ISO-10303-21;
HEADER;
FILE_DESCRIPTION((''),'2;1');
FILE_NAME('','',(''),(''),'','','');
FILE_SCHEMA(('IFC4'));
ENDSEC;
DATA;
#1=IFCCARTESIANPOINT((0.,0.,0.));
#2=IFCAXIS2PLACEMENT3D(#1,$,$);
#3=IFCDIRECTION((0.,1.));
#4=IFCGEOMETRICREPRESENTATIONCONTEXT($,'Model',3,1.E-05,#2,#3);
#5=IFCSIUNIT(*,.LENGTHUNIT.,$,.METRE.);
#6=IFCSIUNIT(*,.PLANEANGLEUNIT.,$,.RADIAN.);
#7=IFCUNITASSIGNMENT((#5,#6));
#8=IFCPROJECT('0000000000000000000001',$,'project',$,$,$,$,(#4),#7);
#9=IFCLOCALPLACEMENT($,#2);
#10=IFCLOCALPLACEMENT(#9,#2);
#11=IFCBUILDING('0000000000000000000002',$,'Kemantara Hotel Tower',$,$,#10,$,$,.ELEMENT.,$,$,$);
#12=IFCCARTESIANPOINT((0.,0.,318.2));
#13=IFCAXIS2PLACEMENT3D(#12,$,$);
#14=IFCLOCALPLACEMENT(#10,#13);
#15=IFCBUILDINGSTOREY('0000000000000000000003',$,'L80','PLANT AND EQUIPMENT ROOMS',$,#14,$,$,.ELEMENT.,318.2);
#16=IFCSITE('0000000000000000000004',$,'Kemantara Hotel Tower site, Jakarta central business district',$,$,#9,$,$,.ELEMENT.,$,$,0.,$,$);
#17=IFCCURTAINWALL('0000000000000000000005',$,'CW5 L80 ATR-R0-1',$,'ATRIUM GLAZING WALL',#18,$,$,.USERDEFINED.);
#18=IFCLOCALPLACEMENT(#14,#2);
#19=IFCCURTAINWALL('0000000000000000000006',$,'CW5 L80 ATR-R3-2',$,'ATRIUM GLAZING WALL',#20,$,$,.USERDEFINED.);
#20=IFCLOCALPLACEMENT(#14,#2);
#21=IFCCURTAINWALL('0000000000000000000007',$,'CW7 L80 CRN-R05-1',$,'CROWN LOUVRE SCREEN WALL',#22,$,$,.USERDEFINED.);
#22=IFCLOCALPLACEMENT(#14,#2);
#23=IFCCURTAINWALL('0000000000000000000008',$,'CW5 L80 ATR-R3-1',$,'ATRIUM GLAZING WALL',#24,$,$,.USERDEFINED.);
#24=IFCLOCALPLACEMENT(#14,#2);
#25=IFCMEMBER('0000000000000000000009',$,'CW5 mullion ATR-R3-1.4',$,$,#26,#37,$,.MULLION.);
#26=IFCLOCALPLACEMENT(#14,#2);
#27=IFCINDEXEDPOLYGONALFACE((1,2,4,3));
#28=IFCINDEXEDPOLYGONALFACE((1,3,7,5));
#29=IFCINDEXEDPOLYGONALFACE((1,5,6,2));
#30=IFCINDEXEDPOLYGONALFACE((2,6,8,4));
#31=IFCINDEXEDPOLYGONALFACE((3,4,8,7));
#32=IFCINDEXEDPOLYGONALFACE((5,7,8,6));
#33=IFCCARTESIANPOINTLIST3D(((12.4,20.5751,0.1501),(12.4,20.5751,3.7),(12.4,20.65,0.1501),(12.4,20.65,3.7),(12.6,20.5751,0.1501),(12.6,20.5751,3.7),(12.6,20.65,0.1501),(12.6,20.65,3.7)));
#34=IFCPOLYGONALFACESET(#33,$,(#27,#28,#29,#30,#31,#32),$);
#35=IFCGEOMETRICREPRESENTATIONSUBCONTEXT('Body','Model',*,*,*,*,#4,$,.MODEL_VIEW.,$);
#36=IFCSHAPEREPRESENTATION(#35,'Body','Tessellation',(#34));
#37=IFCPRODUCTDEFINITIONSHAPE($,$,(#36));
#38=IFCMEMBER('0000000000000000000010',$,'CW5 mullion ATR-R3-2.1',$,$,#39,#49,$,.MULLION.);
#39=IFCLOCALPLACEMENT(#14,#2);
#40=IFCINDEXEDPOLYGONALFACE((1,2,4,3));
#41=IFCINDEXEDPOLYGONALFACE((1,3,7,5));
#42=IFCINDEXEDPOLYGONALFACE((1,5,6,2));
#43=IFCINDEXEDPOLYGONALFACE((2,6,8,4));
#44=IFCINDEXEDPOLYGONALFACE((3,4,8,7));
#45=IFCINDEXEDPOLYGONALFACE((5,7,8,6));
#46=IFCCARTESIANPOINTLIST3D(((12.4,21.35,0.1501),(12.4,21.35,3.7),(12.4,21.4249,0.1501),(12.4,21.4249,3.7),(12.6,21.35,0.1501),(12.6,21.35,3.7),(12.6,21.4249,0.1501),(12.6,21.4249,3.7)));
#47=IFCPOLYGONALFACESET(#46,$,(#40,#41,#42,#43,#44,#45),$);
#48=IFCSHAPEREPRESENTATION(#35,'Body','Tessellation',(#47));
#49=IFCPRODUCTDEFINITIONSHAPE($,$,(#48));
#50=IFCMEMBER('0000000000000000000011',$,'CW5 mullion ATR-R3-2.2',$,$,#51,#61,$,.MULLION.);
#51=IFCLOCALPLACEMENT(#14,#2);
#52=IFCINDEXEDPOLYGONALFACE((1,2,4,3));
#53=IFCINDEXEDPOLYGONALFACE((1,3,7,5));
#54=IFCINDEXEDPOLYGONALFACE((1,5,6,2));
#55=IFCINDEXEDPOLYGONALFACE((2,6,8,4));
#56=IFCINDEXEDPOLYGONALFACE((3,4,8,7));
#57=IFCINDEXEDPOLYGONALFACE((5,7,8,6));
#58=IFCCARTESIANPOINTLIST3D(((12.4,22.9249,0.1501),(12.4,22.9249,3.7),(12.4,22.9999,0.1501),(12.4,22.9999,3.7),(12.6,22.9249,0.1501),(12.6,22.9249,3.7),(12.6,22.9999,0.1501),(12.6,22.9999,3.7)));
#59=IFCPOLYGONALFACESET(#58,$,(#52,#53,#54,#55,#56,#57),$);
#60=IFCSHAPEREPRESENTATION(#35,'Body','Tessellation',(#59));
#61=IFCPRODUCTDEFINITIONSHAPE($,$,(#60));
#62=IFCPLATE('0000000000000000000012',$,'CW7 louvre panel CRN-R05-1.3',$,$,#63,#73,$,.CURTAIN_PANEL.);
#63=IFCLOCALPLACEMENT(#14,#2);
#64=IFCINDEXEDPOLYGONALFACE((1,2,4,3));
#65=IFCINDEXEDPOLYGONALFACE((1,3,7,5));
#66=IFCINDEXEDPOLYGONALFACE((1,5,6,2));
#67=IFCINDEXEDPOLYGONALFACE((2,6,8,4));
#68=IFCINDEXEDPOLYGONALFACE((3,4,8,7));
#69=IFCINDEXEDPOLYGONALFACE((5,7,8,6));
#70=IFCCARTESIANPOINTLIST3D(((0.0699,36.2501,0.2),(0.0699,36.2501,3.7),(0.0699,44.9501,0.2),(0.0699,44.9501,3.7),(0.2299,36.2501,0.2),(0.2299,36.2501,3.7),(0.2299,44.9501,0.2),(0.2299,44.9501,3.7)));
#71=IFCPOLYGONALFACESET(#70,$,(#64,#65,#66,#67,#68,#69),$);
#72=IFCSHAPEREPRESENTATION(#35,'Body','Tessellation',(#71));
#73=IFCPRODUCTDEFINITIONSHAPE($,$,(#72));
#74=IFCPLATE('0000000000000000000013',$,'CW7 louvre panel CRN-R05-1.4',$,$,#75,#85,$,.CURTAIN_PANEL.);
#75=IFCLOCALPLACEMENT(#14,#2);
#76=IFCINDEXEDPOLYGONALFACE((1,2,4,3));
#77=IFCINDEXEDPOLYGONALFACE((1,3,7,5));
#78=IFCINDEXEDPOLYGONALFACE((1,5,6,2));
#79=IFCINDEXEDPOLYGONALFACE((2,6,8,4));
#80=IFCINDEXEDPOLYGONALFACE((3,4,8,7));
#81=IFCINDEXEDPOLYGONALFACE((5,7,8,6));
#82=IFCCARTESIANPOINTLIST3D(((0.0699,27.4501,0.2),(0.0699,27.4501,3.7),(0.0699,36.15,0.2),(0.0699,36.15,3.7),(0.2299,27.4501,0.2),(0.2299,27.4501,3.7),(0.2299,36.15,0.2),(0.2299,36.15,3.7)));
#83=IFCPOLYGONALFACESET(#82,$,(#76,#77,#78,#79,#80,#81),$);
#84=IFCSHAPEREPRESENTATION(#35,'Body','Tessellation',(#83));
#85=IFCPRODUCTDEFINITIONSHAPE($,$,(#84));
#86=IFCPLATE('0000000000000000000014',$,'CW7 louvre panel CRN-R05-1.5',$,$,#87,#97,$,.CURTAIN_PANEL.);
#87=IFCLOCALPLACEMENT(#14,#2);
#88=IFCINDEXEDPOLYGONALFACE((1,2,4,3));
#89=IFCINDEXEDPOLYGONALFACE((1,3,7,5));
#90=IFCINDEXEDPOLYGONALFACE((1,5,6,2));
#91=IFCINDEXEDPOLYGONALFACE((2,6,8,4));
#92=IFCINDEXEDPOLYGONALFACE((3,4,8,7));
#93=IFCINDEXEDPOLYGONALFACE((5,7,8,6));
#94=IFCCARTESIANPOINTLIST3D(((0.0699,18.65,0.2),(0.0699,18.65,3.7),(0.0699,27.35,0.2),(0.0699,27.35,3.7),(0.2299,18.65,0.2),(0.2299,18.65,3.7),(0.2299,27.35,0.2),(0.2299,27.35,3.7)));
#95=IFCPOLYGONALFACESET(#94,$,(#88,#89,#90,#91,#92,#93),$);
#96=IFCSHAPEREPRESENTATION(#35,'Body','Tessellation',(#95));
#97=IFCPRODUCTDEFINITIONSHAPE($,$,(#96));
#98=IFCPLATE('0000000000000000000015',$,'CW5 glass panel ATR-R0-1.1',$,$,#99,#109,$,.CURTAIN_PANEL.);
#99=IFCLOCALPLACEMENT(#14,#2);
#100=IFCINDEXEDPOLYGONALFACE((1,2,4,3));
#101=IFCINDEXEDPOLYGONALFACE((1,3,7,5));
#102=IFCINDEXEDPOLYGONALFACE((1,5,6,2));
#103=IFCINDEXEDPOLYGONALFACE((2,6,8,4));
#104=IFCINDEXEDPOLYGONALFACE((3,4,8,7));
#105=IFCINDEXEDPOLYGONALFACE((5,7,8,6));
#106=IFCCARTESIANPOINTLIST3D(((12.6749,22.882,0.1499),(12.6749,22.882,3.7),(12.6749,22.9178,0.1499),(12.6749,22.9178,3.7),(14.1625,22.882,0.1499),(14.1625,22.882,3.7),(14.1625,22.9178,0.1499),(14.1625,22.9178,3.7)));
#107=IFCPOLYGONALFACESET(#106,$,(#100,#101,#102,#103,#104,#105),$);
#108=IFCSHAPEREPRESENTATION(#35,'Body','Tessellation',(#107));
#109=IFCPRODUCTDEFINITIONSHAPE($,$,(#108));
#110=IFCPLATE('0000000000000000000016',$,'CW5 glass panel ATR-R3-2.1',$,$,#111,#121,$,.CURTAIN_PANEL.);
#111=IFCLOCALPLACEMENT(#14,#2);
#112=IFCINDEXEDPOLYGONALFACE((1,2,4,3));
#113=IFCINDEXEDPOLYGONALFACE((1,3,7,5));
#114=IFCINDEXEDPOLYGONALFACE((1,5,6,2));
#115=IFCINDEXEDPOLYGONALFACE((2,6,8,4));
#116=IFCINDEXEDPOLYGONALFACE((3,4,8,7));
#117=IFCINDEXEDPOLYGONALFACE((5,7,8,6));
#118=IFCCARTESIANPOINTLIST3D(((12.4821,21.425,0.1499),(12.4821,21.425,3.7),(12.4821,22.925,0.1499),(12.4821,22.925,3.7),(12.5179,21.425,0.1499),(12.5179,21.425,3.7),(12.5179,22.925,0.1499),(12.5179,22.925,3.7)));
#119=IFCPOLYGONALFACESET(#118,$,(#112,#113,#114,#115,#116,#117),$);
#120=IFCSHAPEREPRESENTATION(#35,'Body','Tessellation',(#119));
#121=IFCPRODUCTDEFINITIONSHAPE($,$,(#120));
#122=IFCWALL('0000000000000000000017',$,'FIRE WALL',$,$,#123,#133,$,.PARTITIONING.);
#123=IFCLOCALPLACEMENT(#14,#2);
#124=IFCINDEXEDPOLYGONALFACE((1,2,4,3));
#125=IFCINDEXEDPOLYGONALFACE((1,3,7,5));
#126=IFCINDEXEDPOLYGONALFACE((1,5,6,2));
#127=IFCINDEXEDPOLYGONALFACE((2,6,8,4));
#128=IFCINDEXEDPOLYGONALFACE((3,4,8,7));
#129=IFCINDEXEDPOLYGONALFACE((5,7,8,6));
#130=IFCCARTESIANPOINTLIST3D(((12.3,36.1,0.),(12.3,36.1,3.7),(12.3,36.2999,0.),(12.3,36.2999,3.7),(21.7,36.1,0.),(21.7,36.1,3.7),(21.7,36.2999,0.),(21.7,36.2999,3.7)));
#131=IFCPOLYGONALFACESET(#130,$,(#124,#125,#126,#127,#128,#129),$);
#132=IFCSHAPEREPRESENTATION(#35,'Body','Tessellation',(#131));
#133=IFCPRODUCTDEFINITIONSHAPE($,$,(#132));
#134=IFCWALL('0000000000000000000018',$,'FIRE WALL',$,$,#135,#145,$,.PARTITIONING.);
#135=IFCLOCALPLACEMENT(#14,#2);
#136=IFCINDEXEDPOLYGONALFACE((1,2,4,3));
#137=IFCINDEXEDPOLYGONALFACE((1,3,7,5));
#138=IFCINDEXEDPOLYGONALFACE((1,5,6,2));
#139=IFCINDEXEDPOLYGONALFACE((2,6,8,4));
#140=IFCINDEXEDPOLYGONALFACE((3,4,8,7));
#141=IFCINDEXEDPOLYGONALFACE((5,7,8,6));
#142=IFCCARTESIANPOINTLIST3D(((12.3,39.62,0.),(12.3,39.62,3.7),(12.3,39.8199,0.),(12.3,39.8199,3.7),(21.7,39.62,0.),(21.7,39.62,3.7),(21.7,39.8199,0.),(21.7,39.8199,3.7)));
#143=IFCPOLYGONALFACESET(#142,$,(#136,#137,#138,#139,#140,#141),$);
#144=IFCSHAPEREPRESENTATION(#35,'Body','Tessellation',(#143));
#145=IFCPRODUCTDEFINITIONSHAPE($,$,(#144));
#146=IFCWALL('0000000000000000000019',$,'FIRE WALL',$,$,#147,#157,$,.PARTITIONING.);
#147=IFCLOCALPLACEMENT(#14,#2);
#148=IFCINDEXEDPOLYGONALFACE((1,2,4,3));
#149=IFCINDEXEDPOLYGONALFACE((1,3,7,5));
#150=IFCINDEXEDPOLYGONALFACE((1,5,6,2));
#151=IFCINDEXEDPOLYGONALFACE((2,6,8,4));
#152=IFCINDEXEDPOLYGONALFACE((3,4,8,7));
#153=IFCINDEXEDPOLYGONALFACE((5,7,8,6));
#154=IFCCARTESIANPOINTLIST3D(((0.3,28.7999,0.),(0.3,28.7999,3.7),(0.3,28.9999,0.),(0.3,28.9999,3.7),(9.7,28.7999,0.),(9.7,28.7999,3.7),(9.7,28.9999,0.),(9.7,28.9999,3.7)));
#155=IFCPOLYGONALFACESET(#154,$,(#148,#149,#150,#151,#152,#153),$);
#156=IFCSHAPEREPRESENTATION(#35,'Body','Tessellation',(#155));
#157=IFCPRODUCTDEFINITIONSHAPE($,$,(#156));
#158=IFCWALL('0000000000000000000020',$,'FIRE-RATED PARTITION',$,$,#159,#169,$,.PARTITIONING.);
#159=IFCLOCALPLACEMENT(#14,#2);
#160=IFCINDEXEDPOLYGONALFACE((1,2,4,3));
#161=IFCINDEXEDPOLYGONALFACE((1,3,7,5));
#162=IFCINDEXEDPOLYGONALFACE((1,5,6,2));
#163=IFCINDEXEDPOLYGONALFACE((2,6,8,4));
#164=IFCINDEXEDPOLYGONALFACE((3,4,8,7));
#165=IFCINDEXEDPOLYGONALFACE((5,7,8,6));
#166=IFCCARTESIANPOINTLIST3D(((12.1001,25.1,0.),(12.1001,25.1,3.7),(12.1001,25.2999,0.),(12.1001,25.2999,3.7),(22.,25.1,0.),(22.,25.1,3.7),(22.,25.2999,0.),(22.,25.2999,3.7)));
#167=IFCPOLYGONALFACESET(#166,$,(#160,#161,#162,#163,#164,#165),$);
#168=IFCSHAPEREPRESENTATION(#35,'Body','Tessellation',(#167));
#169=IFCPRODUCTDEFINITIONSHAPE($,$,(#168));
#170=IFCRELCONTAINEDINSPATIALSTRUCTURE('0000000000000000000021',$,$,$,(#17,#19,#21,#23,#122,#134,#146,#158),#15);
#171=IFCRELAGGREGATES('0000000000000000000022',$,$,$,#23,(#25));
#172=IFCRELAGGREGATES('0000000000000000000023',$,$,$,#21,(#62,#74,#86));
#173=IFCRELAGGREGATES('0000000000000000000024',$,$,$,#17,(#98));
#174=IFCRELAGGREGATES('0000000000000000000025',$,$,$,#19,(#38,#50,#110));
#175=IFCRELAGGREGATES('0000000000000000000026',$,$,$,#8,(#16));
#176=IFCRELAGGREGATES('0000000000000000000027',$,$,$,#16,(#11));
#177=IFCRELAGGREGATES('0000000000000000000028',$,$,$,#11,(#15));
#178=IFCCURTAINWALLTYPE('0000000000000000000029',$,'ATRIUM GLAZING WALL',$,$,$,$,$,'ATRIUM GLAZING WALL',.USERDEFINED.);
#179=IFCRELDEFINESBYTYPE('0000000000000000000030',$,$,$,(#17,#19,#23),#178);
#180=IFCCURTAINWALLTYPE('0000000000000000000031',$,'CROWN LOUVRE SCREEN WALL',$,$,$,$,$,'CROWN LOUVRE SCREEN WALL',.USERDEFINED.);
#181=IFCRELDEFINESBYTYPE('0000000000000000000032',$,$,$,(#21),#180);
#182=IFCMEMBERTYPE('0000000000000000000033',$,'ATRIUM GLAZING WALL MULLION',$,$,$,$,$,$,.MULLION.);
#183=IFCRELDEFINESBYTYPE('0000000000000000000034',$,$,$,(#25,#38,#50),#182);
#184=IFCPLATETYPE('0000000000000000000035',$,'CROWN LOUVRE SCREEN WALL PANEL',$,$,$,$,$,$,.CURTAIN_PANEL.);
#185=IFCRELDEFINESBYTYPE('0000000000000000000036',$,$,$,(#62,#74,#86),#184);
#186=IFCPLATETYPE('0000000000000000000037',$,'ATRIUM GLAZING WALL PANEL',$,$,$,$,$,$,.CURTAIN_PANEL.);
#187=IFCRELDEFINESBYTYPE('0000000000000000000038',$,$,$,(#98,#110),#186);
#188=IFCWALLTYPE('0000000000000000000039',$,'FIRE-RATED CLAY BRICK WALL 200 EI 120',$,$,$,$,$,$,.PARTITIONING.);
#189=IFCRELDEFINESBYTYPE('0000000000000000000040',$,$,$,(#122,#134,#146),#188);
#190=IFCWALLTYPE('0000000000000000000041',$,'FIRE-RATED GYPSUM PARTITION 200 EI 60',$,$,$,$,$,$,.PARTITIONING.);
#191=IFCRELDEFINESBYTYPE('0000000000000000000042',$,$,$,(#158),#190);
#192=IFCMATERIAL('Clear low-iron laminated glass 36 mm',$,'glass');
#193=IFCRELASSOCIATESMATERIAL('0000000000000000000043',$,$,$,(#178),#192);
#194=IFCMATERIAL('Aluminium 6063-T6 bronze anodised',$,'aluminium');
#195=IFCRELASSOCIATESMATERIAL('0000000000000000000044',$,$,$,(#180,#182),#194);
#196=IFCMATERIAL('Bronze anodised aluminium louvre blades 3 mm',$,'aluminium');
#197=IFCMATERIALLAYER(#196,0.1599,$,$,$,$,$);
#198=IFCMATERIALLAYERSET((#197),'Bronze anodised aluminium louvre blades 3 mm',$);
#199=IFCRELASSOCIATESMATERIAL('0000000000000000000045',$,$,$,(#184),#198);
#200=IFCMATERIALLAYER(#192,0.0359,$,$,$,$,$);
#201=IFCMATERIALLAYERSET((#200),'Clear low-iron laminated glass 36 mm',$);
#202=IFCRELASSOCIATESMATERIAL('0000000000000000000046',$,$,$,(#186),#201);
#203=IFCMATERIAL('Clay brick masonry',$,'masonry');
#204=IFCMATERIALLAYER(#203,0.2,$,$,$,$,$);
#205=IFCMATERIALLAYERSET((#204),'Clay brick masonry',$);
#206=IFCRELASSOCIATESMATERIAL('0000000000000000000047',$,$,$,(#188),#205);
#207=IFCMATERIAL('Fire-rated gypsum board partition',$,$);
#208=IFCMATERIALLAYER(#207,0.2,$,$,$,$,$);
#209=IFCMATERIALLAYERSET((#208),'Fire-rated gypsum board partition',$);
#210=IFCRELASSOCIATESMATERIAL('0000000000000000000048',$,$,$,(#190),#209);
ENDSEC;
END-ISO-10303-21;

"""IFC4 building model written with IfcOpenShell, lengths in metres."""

from ifc_helpers import new_model, si_unit, direction, frame, frame_2d, origin, origin_2d, place, context, subcontext, project, spatial, rectangle, extrude, source, transform, mapped, material, layer, layer_set, material_profile, profile_set, type_object, element, aggregate, save


model = new_model("IFC4")

# Units and contexts
model_context = context("Model", 3, precision=1e-05, world=origin(), true_north=direction((0.0, 1.0)))
body_context = subcontext(model_context, "Body", "Model", "MODEL_VIEW")
ifc_project = project(units=[si_unit("LENGTHUNIT", "METRE"), si_unit("PLANEANGLEUNIT", "RADIAN")], contexts=[model_context])

# Site, building, storey
site_placement = place(None, origin())
site = spatial("IfcSite", under=ifc_project, at=site_placement, Name="Kemantara Hotel Tower site, Jakarta central business district", CompositionType="ELEMENT", RefElevation=0.0)
building_placement = place(site_placement, origin())
building = spatial("IfcBuilding", under=site, at=building_placement, Name="Kemantara Hotel Tower", CompositionType="ELEMENT")
storey_placement = place(building_placement, frame((0.0, 0.0, 318.2)))
storey = spatial("IfcBuildingStorey", under=building, at=storey_placement, Name="L80", Description="PLANT AND EQUIPMENT ROOMS", CompositionType="ELEMENT", Elevation=318.2)

# Curtain walls
ifc_material_1 = material(Name="Clear low-iron laminated glass 36 mm", Category="glass")
curtain_wall_type_1 = type_object("IfcCurtainWallType", Name="ATRIUM GLAZING WALL", ElementType="ATRIUM GLAZING WALL", PredefinedType="USERDEFINED", material=ifc_material_1)
curtain_wall_1_placement = place(storey_placement, origin())
curtain_wall_1 = element("IfcCurtainWall", 1, at=curtain_wall_1_placement, inside=storey, type_object=curtain_wall_type_1, Name="CW5 L80 ATR-R0-1", ObjectType="ATRIUM GLAZING WALL", PredefinedType="USERDEFINED")
ifc_material_2 = material(Name="Aluminium 6063-T6 bronze anodised", Category="aluminium")
curtain_wall_2_placement = place(storey_placement, origin())
curtain_wall_2 = element("IfcCurtainWall", 2, at=curtain_wall_2_placement, inside=storey, type_object=curtain_wall_type_1, Name="CW5 L80 ATR-R3-2", ObjectType="ATRIUM GLAZING WALL", PredefinedType="USERDEFINED")

# Curtain wall
curtain_wall_type_2 = type_object("IfcCurtainWallType", Name="CROWN LOUVRE SCREEN WALL", ElementType="CROWN LOUVRE SCREEN WALL", PredefinedType="USERDEFINED", material=ifc_material_2)
curtain_wall_3_placement = place(storey_placement, origin())
curtain_wall_3 = element("IfcCurtainWall", 3, at=curtain_wall_3_placement, inside=storey, type_object=curtain_wall_type_2, Name="CW7 L80 CRN-R05-1", ObjectType="CROWN LOUVRE SCREEN WALL", PredefinedType="USERDEFINED")

# Shared definitions
ifc_material_profile_1 = material_profile(ifc_material_2, rectangle(XDim=0.2, YDim=0.075, at=origin_2d()), Name="ATRIUM GLAZING WALL MULLION")
ifc_profile_set_1 = profile_set([ifc_material_profile_1], Name="Aluminium 6063-T6 bronze anodised")
member_type_1 = type_object("IfcMemberType", Name="ATRIUM GLAZING WALL MULLION", PredefinedType="MULLION", material=ifc_profile_set_1)
shared_shape_1 = source(origin(), body_context, "Body", "SweptSolid", [
    extrude(rectangle(XDim=0.2, YDim=0.075, at=origin_2d()), origin(), (0.0, 0.0, 1.0), 3.5498),
])

# Curtain wall, member
curtain_wall_4_placement = place(storey_placement, origin())
curtain_wall_4 = element("IfcCurtainWall", 4, at=curtain_wall_4_placement, inside=storey, type_object=curtain_wall_type_1, Name="CW5 L80 ATR-R3-1", ObjectType="ATRIUM GLAZING WALL", PredefinedType="USERDEFINED")
member_1_placement = place(storey_placement, frame((12.5, 20.6125, 0.1501), z_axis=(0.0, 0.0, 1.0), x_axis=(-1.0, 0.0, 0.0)))
member_1 = element("IfcMember", 5, at=member_1_placement, type_object=member_type_1, Name="CW5 mullion ATR-R3-1.4", PredefinedType="MULLION", context=body_context, shape_type="MappedRepresentation", body=[
    mapped(shared_shape_1, transform((0.0, 0.0, 0.0))),
])
aggregate(curtain_wall_4, [member_1])

# Members
member_2_placement = place(storey_placement, frame((12.5, 21.3875, 0.1501), z_axis=(0.0, 0.0, 1.0), x_axis=(-1.0, 0.0, 0.0)))
member_2 = element("IfcMember", 6, at=member_2_placement, type_object=member_type_1, Name="CW5 mullion ATR-R3-2.1", PredefinedType="MULLION", context=body_context, shape_type="MappedRepresentation", body=[
    mapped(shared_shape_1, transform((0.0, 0.0, 0.0))),
])
member_3_placement = place(storey_placement, frame((12.5, 22.9624, 0.1501), z_axis=(0.0, 0.0, 1.0), x_axis=(-1.0, 0.0, 0.0)))
member_3 = element("IfcMember", 7, at=member_3_placement, type_object=member_type_1, Name="CW5 mullion ATR-R3-2.2", PredefinedType="MULLION", context=body_context, shape_type="MappedRepresentation", body=[
    mapped(shared_shape_1, transform((0.0, 0.0, 0.0))),
])

# Plates
ifc_material_3 = material(Name="Bronze anodised aluminium louvre blades 3 mm", Category="aluminium")
ifc_layer_1 = layer(ifc_material_3, 0.1599)
ifc_layer_set_1 = layer_set([ifc_layer_1], Name="Bronze anodised aluminium louvre blades 3 mm")
plate_type_1 = type_object("IfcPlateType", Name="CROWN LOUVRE SCREEN WALL PANEL", PredefinedType="CURTAIN_PANEL", material=ifc_layer_set_1)
shared_shape_2 = source(origin(), body_context, "Body", "SweptSolid", [
    extrude(rectangle(XDim=8.7, YDim=0.1599, at=origin_2d()), origin(), (0.0, 0.0, 1.0), 3.5),
])
plate_1_placement = place(storey_placement, frame((0.1499, 40.6001, 0.2), z_axis=(0.0, 0.0, 1.0), x_axis=(0.0, -1.0, 0.0)))
plate_1 = element("IfcPlate", 8, at=plate_1_placement, type_object=plate_type_1, Name="CW7 louvre panel CRN-R05-1.3", PredefinedType="CURTAIN_PANEL", context=body_context, shape_type="MappedRepresentation", body=[
    mapped(shared_shape_2, transform((0.0, 0.0, 0.0))),
])
plate_2_placement = place(storey_placement, frame((0.1499, 31.8, 0.2), z_axis=(0.0, 0.0, 1.0), x_axis=(0.0, -1.0, 0.0)))
plate_2 = element("IfcPlate", 9, at=plate_2_placement, type_object=plate_type_1, Name="CW7 louvre panel CRN-R05-1.4", PredefinedType="CURTAIN_PANEL", context=body_context, shape_type="MappedRepresentation", body=[
    mapped(shared_shape_2, transform((0.0, 0.0, 0.0))),
])
plate_3_placement = place(storey_placement, frame((0.1499, 23.0, 0.2), z_axis=(0.0, 0.0, 1.0), x_axis=(0.0, -1.0, 0.0)))
plate_3 = element("IfcPlate", 10, at=plate_3_placement, type_object=plate_type_1, Name="CW7 louvre panel CRN-R05-1.5", PredefinedType="CURTAIN_PANEL", context=body_context, shape_type="MappedRepresentation", body=[
    mapped(shared_shape_2, transform((0.0, 0.0, 0.0))),
])
aggregate(curtain_wall_3, [plate_1, plate_2, plate_3])
ifc_layer_2 = layer(ifc_material_1, 0.0359)
ifc_layer_set_2 = layer_set([ifc_layer_2], Name="Clear low-iron laminated glass 36 mm")
plate_type_2 = type_object("IfcPlateType", Name="ATRIUM GLAZING WALL PANEL", PredefinedType="CURTAIN_PANEL", material=ifc_layer_set_2)
shared_shape_3 = source(origin(), body_context, "Body", "SweptSolid", [
    extrude(rectangle(XDim=1.4875, YDim=0.0359, at=origin_2d()), origin(), (0.0, 0.0, 1.0), 3.55),
])
plate_4_placement = place(storey_placement, frame((13.4187, 22.8999, 0.1499), z_axis=(0.0, 0.0, 1.0), x_axis=(1.0, 0.0, 0.0)))
plate_4 = element("IfcPlate", 11, at=plate_4_placement, type_object=plate_type_2, Name="CW5 glass panel ATR-R0-1.1", PredefinedType="CURTAIN_PANEL", context=body_context, shape_type="MappedRepresentation", body=[
    mapped(shared_shape_3, transform((0.0, 0.0, 0.0))),
])
aggregate(curtain_wall_1, [plate_4])
shared_shape_4 = source(origin(), body_context, "Body", "SweptSolid", [
    extrude(rectangle(XDim=1.5, YDim=0.0359, at=origin_2d()), origin(), (0.0, 0.0, 1.0), 3.55),
])
plate_5_placement = place(storey_placement, frame((12.5, 22.175, 0.1499), z_axis=(0.0, 0.0, 1.0), x_axis=(0.0, 1.0, 0.0)))
plate_5 = element("IfcPlate", 12, at=plate_5_placement, type_object=plate_type_2, Name="CW5 glass panel ATR-R3-2.1", PredefinedType="CURTAIN_PANEL", context=body_context, shape_type="MappedRepresentation", body=[
    mapped(shared_shape_4, transform((0.0, 0.0, 0.0))),
])
aggregate(curtain_wall_2, [member_2, member_3, plate_5])

# Walls
ifc_material_4 = material(Name="Clay brick masonry", Category="masonry")
ifc_layer_3 = layer(ifc_material_4, 0.2)
ifc_layer_set_3 = layer_set([ifc_layer_3], Name="Clay brick masonry")
wall_type_1 = type_object("IfcWallType", Name="FIRE-RATED CLAY BRICK WALL 200 EI 120", PredefinedType="PARTITIONING", material=ifc_layer_set_3)
for number, where, z_axis, x_axis, name in (
    (13, (12.3, 36.2, 0.0), (0.0, 0.0, 1.0), (1.0, 0.0, 0.0), "FIRE WALL"),
    (14, (12.3, 39.72, 0.0), (0.0, 0.0, 1.0), (1.0, 0.0, 0.0), "FIRE WALL"),
    (15, (0.3, 28.8999, 0.0), (0.0, 0.0, 1.0), (1.0, 0.0, 0.0), "FIRE WALL"),
):
    element("IfcWall", number, at=place(storey_placement, frame(where, z_axis=z_axis, x_axis=x_axis)), inside=storey, type_object=wall_type_1, Name=name, PredefinedType="PARTITIONING", context=body_context, shape_type="SweptSolid", body=[
        extrude(rectangle(XDim=9.3999, YDim=0.2, at=frame_2d((4.7, 0.0))), origin(), (0.0, 0.0, 1.0), 3.7),
    ])
ifc_material_5 = material(Name="Fire-rated gypsum board partition")
ifc_layer_4 = layer(ifc_material_5, 0.2)
ifc_layer_set_4 = layer_set([ifc_layer_4], Name="Fire-rated gypsum board partition")
wall_type_2 = type_object("IfcWallType", Name="FIRE-RATED GYPSUM PARTITION 200 EI 60", PredefinedType="PARTITIONING", material=ifc_layer_set_4)
wall_1_placement = place(storey_placement, frame((12.1001, 25.2, 0.0), z_axis=(0.0, 0.0, 1.0), x_axis=(1.0, 0.0, 0.0)))
element("IfcWall", 16, at=wall_1_placement, inside=storey, type_object=wall_type_2, Name="FIRE-RATED PARTITION", PredefinedType="PARTITIONING", context=body_context, shape_type="SweptSolid", body=[
    extrude(rectangle(XDim=9.8999, YDim=0.2, at=frame_2d((4.95, 0.0))), origin(), (0.0, 0.0, 1.0), 3.7),
])

save(model, "model.ifc")
